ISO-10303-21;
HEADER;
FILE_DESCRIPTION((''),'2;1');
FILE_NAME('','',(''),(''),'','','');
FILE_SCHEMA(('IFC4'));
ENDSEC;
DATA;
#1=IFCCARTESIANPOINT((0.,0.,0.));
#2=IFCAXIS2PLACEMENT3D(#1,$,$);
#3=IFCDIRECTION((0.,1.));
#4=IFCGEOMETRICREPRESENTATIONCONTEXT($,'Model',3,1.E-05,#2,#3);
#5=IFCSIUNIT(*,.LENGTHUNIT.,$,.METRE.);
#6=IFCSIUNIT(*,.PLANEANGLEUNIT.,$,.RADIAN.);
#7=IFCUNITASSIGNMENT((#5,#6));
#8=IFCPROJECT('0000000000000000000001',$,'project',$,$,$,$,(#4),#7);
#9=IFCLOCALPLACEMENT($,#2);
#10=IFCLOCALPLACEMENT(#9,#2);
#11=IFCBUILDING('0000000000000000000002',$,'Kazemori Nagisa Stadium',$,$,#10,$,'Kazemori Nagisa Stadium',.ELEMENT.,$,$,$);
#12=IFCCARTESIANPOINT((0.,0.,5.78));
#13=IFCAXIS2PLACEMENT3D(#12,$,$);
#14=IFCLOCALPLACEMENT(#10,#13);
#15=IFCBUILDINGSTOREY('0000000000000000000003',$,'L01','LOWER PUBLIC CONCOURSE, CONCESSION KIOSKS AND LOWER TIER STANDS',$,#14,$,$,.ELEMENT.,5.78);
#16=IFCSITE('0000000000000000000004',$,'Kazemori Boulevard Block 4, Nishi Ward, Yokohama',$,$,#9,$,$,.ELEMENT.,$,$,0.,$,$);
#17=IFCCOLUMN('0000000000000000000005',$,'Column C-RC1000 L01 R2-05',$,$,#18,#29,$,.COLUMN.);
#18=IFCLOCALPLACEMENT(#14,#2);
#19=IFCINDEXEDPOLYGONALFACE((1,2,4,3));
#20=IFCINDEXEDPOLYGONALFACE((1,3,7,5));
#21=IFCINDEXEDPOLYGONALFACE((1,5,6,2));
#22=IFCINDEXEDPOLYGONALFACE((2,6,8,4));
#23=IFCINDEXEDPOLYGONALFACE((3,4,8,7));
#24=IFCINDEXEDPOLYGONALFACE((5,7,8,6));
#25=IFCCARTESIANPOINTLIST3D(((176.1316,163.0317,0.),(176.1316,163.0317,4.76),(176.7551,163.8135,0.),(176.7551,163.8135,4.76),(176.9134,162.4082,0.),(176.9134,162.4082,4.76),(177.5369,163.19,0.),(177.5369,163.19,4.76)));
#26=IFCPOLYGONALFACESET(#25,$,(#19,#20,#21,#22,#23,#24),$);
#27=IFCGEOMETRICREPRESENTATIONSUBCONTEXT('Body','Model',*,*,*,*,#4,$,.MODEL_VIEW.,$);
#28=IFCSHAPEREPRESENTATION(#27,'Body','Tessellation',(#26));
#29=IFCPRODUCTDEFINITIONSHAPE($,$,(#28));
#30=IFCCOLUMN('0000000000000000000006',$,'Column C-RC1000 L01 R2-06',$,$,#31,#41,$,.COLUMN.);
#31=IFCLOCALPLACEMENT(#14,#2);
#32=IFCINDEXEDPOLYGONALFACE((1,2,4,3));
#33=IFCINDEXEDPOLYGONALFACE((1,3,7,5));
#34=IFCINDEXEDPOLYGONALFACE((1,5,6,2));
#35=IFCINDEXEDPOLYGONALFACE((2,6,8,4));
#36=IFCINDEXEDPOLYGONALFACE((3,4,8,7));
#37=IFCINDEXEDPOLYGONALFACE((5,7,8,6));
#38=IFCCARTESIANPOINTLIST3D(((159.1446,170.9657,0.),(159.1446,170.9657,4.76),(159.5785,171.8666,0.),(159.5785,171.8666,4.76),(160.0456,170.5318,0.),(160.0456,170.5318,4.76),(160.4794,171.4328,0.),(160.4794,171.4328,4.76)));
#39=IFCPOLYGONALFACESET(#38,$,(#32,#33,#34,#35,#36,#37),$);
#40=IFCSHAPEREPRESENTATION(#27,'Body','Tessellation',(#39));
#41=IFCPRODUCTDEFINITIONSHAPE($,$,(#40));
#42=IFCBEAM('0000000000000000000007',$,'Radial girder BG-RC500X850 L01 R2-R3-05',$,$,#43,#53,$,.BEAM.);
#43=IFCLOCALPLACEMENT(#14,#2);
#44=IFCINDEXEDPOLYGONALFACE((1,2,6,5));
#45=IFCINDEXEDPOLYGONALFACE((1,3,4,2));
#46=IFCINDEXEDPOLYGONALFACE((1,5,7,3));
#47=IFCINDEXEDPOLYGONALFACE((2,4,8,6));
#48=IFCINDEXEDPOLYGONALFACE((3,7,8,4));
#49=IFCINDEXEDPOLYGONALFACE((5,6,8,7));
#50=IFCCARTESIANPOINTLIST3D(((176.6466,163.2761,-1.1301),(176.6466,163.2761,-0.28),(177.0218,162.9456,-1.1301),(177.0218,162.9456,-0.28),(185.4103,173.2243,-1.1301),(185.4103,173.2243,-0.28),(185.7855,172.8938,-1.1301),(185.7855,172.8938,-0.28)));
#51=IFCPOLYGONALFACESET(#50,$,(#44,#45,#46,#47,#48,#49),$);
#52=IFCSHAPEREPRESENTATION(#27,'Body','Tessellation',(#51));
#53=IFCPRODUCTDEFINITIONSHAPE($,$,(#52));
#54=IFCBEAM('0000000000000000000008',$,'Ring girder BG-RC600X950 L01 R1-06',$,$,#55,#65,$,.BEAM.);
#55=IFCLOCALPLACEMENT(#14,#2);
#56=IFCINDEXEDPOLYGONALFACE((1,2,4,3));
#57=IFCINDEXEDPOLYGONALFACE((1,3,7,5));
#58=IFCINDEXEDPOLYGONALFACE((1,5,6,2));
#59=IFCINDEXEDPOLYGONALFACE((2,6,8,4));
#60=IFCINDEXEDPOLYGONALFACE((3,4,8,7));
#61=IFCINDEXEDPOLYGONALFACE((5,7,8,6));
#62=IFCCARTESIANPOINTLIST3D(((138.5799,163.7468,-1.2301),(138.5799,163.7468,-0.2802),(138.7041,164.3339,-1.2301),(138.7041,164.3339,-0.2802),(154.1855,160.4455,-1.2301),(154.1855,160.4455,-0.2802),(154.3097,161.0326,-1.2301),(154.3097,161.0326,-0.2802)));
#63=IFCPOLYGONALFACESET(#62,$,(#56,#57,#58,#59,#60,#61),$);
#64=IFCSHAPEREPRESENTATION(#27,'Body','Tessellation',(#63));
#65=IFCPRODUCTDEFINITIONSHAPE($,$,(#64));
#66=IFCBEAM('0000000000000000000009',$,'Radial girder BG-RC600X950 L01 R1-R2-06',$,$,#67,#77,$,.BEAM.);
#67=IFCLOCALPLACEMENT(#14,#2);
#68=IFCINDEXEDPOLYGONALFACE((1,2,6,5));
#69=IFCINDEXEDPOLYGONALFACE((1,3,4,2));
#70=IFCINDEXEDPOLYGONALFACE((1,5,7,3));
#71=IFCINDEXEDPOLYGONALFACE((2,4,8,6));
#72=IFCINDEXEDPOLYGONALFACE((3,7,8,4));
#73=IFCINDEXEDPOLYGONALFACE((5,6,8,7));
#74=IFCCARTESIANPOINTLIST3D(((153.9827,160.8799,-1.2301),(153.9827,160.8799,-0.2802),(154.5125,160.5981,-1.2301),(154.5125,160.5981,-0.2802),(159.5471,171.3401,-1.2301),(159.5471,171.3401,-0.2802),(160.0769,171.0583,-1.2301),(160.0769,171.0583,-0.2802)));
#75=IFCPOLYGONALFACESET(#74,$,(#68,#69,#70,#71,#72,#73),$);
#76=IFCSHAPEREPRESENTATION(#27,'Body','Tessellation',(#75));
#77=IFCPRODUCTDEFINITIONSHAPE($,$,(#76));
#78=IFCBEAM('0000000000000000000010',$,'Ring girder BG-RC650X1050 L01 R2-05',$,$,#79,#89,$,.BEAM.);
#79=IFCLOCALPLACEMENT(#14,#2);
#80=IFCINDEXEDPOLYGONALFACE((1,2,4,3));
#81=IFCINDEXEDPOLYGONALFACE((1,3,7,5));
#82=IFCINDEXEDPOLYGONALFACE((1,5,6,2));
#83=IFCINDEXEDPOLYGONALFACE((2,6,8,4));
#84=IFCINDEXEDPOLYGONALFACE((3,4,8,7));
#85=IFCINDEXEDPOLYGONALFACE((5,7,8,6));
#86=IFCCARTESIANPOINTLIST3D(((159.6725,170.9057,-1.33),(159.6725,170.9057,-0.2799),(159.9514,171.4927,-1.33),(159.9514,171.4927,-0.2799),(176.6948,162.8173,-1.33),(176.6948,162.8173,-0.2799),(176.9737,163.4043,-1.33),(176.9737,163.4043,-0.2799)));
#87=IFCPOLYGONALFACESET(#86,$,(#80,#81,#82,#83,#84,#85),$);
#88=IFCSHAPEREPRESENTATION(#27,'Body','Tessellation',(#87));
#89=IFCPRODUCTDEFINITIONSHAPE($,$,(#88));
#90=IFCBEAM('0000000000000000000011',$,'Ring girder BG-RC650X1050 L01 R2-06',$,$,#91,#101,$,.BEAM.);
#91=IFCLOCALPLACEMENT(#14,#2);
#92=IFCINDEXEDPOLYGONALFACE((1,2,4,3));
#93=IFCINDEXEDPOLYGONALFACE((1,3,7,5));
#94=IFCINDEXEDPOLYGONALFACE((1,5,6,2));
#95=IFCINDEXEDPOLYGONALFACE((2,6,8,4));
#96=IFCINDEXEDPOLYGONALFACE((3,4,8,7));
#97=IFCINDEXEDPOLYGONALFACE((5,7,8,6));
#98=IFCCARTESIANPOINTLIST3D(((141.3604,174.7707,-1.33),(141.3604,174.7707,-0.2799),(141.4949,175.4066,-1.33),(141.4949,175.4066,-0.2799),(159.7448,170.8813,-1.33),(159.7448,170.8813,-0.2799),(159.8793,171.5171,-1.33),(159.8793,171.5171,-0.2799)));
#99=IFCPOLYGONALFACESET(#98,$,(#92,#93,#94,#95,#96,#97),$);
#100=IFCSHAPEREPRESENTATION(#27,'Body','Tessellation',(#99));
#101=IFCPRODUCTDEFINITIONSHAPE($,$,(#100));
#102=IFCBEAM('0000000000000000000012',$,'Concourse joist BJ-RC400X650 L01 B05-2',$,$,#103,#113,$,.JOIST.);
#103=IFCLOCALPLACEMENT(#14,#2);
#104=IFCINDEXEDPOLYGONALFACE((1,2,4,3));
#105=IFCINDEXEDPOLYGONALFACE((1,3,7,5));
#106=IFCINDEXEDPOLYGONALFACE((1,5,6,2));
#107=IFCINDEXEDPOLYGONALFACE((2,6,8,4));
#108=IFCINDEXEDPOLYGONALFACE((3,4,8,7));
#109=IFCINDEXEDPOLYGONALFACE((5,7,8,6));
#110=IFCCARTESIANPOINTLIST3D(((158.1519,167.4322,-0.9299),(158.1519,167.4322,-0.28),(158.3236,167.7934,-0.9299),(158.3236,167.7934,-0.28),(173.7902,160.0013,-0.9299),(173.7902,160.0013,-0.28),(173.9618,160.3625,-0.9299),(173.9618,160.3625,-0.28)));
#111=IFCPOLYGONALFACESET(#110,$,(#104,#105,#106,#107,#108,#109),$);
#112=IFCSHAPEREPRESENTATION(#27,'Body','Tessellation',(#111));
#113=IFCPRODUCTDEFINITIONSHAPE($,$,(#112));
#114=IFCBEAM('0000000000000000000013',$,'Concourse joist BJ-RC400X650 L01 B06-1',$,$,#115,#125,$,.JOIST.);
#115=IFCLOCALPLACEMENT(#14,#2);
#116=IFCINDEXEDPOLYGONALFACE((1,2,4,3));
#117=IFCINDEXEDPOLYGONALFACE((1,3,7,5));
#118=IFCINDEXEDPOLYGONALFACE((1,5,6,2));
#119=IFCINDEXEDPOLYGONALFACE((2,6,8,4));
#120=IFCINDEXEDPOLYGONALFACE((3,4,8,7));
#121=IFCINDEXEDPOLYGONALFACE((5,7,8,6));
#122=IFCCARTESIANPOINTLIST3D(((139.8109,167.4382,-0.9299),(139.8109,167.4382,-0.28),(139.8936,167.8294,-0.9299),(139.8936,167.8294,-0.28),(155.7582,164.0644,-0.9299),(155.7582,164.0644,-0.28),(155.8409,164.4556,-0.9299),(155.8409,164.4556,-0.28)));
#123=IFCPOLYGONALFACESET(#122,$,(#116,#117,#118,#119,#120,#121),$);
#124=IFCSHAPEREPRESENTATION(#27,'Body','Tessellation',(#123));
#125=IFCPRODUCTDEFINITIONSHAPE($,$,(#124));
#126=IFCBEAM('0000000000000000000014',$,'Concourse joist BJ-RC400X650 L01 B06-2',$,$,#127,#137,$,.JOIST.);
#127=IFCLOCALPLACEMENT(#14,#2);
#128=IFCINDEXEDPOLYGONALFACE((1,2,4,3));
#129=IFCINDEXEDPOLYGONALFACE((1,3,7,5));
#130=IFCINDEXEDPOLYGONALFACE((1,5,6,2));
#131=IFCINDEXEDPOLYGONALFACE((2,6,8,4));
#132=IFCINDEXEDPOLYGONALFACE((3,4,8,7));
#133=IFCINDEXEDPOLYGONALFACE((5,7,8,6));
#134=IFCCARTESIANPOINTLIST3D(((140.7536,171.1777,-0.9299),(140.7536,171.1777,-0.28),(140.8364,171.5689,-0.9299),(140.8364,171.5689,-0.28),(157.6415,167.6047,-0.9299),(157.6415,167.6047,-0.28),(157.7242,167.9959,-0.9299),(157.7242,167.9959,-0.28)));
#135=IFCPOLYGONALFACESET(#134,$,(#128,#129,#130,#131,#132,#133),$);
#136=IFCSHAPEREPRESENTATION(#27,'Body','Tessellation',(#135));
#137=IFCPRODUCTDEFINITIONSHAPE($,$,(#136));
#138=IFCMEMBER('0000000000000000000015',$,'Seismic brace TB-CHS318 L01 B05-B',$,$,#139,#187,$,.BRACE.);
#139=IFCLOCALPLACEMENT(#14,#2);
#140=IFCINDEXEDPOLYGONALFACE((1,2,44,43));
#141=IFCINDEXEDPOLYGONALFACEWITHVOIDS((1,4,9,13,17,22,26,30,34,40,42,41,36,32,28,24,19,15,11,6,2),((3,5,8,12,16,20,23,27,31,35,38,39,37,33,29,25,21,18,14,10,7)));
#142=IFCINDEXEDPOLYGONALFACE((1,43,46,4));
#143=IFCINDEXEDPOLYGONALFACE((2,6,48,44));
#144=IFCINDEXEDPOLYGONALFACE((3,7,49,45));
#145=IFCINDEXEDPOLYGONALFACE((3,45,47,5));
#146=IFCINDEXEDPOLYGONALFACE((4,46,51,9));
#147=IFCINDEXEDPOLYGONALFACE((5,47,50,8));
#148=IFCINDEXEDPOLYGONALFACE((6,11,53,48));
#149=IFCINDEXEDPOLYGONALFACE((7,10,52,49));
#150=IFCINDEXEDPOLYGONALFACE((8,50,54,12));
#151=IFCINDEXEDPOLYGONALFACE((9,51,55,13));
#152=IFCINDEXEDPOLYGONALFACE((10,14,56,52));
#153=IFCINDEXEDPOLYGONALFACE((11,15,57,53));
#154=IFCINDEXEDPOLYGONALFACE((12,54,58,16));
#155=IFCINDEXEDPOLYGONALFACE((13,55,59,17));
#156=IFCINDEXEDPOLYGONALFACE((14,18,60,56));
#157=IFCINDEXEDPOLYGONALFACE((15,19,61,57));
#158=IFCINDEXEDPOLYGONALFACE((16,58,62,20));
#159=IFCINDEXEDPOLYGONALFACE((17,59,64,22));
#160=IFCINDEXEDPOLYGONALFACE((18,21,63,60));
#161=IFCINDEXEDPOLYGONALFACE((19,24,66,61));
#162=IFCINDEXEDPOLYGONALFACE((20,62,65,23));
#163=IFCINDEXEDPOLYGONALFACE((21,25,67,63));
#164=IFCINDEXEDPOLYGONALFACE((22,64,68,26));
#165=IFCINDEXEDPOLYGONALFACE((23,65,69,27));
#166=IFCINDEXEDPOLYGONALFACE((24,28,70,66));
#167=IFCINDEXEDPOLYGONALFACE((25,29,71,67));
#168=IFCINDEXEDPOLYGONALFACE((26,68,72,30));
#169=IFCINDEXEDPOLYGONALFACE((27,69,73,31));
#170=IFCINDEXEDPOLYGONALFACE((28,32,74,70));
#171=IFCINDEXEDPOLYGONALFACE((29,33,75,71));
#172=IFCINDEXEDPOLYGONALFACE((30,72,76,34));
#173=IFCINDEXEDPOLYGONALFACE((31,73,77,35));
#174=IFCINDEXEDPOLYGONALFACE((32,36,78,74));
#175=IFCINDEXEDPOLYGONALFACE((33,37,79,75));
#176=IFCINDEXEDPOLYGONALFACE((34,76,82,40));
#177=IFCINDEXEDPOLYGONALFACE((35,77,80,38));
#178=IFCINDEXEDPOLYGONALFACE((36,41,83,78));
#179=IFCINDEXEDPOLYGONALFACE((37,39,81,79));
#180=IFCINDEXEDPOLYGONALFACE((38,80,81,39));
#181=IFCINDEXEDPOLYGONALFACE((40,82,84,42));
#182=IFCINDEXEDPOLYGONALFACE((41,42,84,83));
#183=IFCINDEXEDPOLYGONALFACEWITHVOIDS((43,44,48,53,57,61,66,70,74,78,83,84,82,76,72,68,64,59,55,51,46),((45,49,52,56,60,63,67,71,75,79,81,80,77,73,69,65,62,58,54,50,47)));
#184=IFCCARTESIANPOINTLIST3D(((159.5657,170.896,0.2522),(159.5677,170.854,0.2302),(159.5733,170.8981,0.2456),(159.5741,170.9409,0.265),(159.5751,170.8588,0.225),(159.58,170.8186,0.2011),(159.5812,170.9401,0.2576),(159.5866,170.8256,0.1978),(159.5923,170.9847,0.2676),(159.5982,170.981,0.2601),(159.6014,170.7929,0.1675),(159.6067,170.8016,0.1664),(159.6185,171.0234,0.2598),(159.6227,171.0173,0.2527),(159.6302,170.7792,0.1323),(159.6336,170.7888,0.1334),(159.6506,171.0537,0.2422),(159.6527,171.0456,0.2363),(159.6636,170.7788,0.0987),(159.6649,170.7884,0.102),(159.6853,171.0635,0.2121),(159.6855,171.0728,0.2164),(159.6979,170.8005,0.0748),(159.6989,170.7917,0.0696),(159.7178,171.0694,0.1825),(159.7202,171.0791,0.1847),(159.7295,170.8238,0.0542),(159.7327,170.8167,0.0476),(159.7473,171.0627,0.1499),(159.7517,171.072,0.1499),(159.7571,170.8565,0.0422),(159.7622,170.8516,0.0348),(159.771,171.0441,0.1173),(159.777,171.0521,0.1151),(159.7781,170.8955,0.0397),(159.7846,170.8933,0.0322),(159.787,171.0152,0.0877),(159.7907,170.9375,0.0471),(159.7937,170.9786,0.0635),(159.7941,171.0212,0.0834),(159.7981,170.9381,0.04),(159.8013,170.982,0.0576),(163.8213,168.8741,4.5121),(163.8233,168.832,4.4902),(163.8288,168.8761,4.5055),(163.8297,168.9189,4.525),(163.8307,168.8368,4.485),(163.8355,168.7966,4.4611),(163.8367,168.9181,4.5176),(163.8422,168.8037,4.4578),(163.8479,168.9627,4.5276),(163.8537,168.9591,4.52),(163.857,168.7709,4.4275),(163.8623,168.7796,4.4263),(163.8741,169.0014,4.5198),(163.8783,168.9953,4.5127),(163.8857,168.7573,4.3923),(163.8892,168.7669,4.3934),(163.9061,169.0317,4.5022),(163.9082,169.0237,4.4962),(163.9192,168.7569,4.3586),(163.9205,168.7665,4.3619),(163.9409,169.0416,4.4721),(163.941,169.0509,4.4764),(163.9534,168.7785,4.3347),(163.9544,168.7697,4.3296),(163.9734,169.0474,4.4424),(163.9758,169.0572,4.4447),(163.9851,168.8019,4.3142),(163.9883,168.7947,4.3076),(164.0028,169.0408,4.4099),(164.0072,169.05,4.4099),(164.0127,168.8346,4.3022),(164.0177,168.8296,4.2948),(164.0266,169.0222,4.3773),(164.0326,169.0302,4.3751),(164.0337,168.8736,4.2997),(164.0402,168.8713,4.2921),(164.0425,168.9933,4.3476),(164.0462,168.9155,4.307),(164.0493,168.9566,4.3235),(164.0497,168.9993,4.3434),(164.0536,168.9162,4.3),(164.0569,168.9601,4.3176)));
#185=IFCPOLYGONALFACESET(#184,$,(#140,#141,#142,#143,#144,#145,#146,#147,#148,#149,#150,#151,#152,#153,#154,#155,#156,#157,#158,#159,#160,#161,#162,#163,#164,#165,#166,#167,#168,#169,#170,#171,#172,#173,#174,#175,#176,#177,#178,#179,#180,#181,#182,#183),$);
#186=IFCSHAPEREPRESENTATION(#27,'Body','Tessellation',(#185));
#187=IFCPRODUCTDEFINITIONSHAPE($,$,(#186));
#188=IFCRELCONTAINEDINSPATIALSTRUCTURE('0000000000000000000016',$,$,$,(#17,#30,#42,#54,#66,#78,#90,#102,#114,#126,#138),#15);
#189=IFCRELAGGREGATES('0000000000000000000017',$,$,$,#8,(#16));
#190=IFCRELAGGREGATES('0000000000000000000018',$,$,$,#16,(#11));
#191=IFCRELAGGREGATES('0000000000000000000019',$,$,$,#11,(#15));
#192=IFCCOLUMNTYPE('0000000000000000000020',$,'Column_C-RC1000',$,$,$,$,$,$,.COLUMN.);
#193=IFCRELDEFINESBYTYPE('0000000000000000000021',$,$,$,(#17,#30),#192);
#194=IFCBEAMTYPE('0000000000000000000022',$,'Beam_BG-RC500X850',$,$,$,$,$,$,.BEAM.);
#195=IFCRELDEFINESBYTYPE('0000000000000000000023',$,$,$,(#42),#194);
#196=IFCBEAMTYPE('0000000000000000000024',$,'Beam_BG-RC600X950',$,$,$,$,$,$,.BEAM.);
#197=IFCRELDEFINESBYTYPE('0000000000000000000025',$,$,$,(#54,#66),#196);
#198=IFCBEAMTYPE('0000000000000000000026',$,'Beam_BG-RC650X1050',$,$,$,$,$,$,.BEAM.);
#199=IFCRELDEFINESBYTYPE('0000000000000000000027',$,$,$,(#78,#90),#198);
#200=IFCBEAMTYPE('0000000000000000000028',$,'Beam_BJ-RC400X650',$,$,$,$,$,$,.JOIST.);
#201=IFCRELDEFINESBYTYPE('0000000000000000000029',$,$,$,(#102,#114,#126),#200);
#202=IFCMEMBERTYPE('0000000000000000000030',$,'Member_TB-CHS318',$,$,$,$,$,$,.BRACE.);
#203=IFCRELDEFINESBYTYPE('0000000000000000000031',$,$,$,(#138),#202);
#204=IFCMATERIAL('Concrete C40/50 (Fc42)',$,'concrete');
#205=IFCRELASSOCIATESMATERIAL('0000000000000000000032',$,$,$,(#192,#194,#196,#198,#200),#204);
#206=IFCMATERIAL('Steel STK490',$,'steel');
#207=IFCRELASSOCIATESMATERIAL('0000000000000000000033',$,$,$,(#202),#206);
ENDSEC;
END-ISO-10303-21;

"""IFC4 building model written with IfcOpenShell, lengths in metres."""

from ifc_helpers import new_model, si_unit, direction, frame, origin, origin_2d, place, context, subcontext, project, spatial, rectangle, hollow_circle, extrude, material, material_profile, profile_set, type_object, element, save


model = new_model("IFC4")

# Units and contexts
model_context = context("Model", 3, precision=1e-05, world=origin(), true_north=direction((0.0, 1.0)))
body_context = subcontext(model_context, "Body", "Model", "MODEL_VIEW")
ifc_project = project(units=[si_unit("LENGTHUNIT", "METRE"), si_unit("PLANEANGLEUNIT", "RADIAN")], contexts=[model_context])

# Site, building, storey
site_placement = place(None, origin())
site = spatial("IfcSite", under=ifc_project, at=site_placement, Name="Kazemori Boulevard Block 4, Nishi Ward, Yokohama", CompositionType="ELEMENT", RefElevation=0.0)
building_placement = place(site_placement, origin())
building = spatial("IfcBuilding", under=site, at=building_placement, Name="Kazemori Nagisa Stadium", LongName="Kazemori Nagisa Stadium", CompositionType="ELEMENT")
storey_placement = place(building_placement, frame((0.0, 0.0, 5.78)))
storey = spatial("IfcBuildingStorey", under=building, at=storey_placement, Name="L01", Description="LOWER PUBLIC CONCOURSE, CONCESSION KIOSKS AND LOWER TIER STANDS", CompositionType="ELEMENT", Elevation=5.78)

# Columns
ifc_material_1 = material(Name="Concrete C40/50 (Fc42)", Category="concrete")
ifc_material_profile_1 = material_profile(ifc_material_1, rectangle(XDim=1.0, YDim=1.0, at=origin_2d()), Name="RC-COL-1000x1000")
ifc_profile_set_1 = profile_set([ifc_material_profile_1], Name="Concrete C40/50 (Fc42)")
column_type_1 = type_object("IfcColumnType", Name="Column_C-RC1000", PredefinedType="COLUMN", material=ifc_profile_set_1)
for number, where, z_axis, x_axis, name in (
    (1, (176.8342, 163.1108, 0.0), (0.0, 0.0, 1.0), (0.62349, 0.781831, 0.0), "Column C-RC1000 L01 R2-05"),
    (2, (159.812, 171.1992, 0.0), (0.0, 0.0, 1.0), (0.433884, 0.900969, 0.0), "Column C-RC1000 L01 R2-06"),
):
    element("IfcColumn", number, at=place(storey_placement, frame(where, z_axis=z_axis, x_axis=x_axis)), inside=storey, type_object=column_type_1, Name=name, PredefinedType="COLUMN", context=body_context, shape_type="SweptSolid", body=[
        extrude(rectangle(XDim=1.0, YDim=1.0, at=origin_2d()), origin(), (0.0, 0.0, 1.0), 4.76),
    ])

# Beams
ifc_material_profile_2 = material_profile(ifc_material_1, rectangle(XDim=0.5, YDim=0.8501, at=origin_2d()), Name="RC-BM-500x850")
ifc_profile_set_2 = profile_set([ifc_material_profile_2], Name="Concrete C40/50 (Fc42)")
beam_type_1 = type_object("IfcBeamType", Name="Beam_BG-RC500X850", PredefinedType="BEAM", material=ifc_profile_set_2)
beam_1_placement = place(storey_placement, frame((176.8342, 163.1108, -0.7051), z_axis=(0.66102, 0.750369, 0.0), x_axis=(-0.750369, 0.66102, 0.0)))
element("IfcBeam", 3, at=beam_1_placement, inside=storey, type_object=beam_type_1, Name="Radial girder BG-RC500X850 L01 R2-R3-05", PredefinedType="BEAM", context=body_context, shape_type="SweptSolid", body=[
    extrude(rectangle(XDim=0.5, YDim=0.8501, at=origin_2d()), origin(), (0.0, 0.0, 1.0), 13.2578),
])
ifc_material_profile_3 = material_profile(ifc_material_1, rectangle(XDim=0.6001, YDim=0.95, at=origin_2d()), Name="RC-BM-600x950")
ifc_profile_set_3 = profile_set([ifc_material_profile_3], Name="Concrete C40/50 (Fc42)")
beam_type_2 = type_object("IfcBeamType", Name="Beam_BG-RC600X950", PredefinedType="BEAM", material=ifc_profile_set_3)
beam_2_placement = place(storey_placement, frame((154.2476, 160.739, -0.7551), z_axis=(-0.978348, 0.206965, 0.0), x_axis=(-0.206965, -0.978348, 0.0)))
element("IfcBeam", 4, at=beam_2_placement, inside=storey, type_object=beam_type_2, Name="Ring girder BG-RC600X950 L01 R1-06", PredefinedType="BEAM", context=body_context, shape_type="SweptSolid", body=[
    extrude(rectangle(XDim=0.6001, YDim=0.95, at=origin_2d()), origin(), (0.0, 0.0, 1.0), 15.9509),
])
beam_3_placement = place(storey_placement, frame((154.2476, 160.739, -0.7551), z_axis=(0.469647, 0.882854, 0.0), x_axis=(-0.882854, 0.469647, 0.0)))
element("IfcBeam", 5, at=beam_3_placement, inside=storey, type_object=beam_type_2, Name="Radial girder BG-RC600X950 L01 R1-R2-06", PredefinedType="BEAM", context=body_context, shape_type="SweptSolid", body=[
    extrude(rectangle(XDim=0.6001, YDim=0.95, at=origin_2d()), origin(), (0.0, 0.0, 1.0), 11.8481),
])
ifc_material_profile_4 = material_profile(ifc_material_1, rectangle(XDim=0.6499, YDim=1.05, at=origin_2d()), Name="RC-BM-650x1050")
ifc_profile_set_4 = profile_set([ifc_material_profile_4], Name="Concrete C40/50 (Fc42)")
beam_type_3 = type_object("IfcBeamType", Name="Beam_BG-RC650X1050", PredefinedType="BEAM", material=ifc_profile_set_4)
beam_4_placement = place(storey_placement, frame((176.8342, 163.1108, -0.8049), z_axis=(-0.903219, 0.429179, 0.0), x_axis=(-0.429179, -0.903219, 0.0)))
element("IfcBeam", 6, at=beam_4_placement, inside=storey, type_object=beam_type_3, Name="Ring girder BG-RC650X1050 L01 R2-05", PredefinedType="BEAM", context=body_context, shape_type="SweptSolid", body=[
    extrude(rectangle(XDim=0.6499, YDim=1.05, at=origin_2d()), origin(), (0.0, 0.0, 1.0), 18.8462),
])
beam_5_placement = place(storey_placement, frame((159.812, 171.1992, -0.8049), z_axis=(-0.978345, 0.20698, 0.0), x_axis=(-0.20698, -0.978345, 0.0)))
element("IfcBeam", 7, at=beam_5_placement, inside=storey, type_object=beam_type_3, Name="Ring girder BG-RC650X1050 L01 R2-06", PredefinedType="BEAM", context=body_context, shape_type="SweptSolid", body=[
    extrude(rectangle(XDim=0.6499, YDim=1.05, at=origin_2d()), origin(), (0.0, 0.0, 1.0), 18.7913),
])
ifc_material_profile_5 = material_profile(ifc_material_1, rectangle(XDim=0.3999, YDim=0.6499, at=origin_2d()), Name="RC-BM-400x650")
ifc_profile_set_5 = profile_set([ifc_material_profile_5], Name="Concrete C40/50 (Fc42)")
beam_type_4 = type_object("IfcBeamType", Name="Beam_BJ-RC400X650", PredefinedType="JOIST", material=ifc_profile_set_5)
beam_6_placement = place(storey_placement, frame((173.876, 160.1819, -0.605), z_axis=(-0.903215, 0.429187, 0.0), x_axis=(-0.429187, -0.903215, 0.0)))
element("IfcBeam", 8, at=beam_6_placement, inside=storey, type_object=beam_type_4, Name="Concourse joist BJ-RC400X650 L01 B05-2", PredefinedType="JOIST", context=body_context, shape_type="SweptSolid", body=[
    extrude(rectangle(XDim=0.3999, YDim=0.6499, at=origin_2d()), origin(), (0.0, 0.0, 1.0), 17.314),
])
beam_7_placement = place(storey_placement, frame((155.7996, 164.26, -0.605), z_axis=(-0.978346, 0.206977, 0.0), x_axis=(-0.206977, -0.978346, 0.0)))
element("IfcBeam", 9, at=beam_7_placement, inside=storey, type_object=beam_type_4, Name="Concourse joist BJ-RC400X650 L01 B06-1", PredefinedType="JOIST", context=body_context, shape_type="SweptSolid", body=[
    extrude(rectangle(XDim=0.3999, YDim=0.6499, at=origin_2d()), origin(), (0.0, 0.0, 1.0), 16.3003),
])
beam_8_placement = place(storey_placement, frame((157.6829, 167.8003, -0.605), z_axis=(-0.978343, 0.206989, 0.0), x_axis=(-0.206989, -0.978343, 0.0)))
element("IfcBeam", 10, at=beam_8_placement, inside=storey, type_object=beam_type_4, Name="Concourse joist BJ-RC400X650 L01 B06-2", PredefinedType="JOIST", context=body_context, shape_type="SweptSolid", body=[
    extrude(rectangle(XDim=0.3999, YDim=0.6499, at=origin_2d()), origin(), (0.0, 0.0, 1.0), 17.2617),
])

# Member
ifc_material_2 = material(Name="Steel STK490", Category="steel")
ifc_material_profile_6 = material_profile(ifc_material_2, hollow_circle(Radius=0.1592, WallThickness=0.0103, at=origin_2d()), Name="CHS-318.5x10.3")
ifc_profile_set_6 = profile_set([ifc_material_profile_6], Name="Steel STK490")
member_type_1 = type_object("IfcMemberType", Name="Member_TB-CHS318", PredefinedType="BRACE", material=ifc_profile_set_6)
member_1_placement = place(storey_placement, frame((159.6833, 170.9282, 0.1499), z_axis=(0.669978, -0.318327, 0.67067), x_axis=(0.429153, 0.903232, 0.0)))
element("IfcMember", 11, at=member_1_placement, inside=storey, type_object=member_type_1, Name="Seismic brace TB-CHS318 L01 B05-B", PredefinedType="BRACE", context=body_context, shape_type="SweptSolid", body=[
    extrude(hollow_circle(Radius=0.1592, WallThickness=0.0103, at=origin_2d()), origin(), (0.0, 0.0, 1.0), 6.3518),
])

save(model, "model.ifc")
